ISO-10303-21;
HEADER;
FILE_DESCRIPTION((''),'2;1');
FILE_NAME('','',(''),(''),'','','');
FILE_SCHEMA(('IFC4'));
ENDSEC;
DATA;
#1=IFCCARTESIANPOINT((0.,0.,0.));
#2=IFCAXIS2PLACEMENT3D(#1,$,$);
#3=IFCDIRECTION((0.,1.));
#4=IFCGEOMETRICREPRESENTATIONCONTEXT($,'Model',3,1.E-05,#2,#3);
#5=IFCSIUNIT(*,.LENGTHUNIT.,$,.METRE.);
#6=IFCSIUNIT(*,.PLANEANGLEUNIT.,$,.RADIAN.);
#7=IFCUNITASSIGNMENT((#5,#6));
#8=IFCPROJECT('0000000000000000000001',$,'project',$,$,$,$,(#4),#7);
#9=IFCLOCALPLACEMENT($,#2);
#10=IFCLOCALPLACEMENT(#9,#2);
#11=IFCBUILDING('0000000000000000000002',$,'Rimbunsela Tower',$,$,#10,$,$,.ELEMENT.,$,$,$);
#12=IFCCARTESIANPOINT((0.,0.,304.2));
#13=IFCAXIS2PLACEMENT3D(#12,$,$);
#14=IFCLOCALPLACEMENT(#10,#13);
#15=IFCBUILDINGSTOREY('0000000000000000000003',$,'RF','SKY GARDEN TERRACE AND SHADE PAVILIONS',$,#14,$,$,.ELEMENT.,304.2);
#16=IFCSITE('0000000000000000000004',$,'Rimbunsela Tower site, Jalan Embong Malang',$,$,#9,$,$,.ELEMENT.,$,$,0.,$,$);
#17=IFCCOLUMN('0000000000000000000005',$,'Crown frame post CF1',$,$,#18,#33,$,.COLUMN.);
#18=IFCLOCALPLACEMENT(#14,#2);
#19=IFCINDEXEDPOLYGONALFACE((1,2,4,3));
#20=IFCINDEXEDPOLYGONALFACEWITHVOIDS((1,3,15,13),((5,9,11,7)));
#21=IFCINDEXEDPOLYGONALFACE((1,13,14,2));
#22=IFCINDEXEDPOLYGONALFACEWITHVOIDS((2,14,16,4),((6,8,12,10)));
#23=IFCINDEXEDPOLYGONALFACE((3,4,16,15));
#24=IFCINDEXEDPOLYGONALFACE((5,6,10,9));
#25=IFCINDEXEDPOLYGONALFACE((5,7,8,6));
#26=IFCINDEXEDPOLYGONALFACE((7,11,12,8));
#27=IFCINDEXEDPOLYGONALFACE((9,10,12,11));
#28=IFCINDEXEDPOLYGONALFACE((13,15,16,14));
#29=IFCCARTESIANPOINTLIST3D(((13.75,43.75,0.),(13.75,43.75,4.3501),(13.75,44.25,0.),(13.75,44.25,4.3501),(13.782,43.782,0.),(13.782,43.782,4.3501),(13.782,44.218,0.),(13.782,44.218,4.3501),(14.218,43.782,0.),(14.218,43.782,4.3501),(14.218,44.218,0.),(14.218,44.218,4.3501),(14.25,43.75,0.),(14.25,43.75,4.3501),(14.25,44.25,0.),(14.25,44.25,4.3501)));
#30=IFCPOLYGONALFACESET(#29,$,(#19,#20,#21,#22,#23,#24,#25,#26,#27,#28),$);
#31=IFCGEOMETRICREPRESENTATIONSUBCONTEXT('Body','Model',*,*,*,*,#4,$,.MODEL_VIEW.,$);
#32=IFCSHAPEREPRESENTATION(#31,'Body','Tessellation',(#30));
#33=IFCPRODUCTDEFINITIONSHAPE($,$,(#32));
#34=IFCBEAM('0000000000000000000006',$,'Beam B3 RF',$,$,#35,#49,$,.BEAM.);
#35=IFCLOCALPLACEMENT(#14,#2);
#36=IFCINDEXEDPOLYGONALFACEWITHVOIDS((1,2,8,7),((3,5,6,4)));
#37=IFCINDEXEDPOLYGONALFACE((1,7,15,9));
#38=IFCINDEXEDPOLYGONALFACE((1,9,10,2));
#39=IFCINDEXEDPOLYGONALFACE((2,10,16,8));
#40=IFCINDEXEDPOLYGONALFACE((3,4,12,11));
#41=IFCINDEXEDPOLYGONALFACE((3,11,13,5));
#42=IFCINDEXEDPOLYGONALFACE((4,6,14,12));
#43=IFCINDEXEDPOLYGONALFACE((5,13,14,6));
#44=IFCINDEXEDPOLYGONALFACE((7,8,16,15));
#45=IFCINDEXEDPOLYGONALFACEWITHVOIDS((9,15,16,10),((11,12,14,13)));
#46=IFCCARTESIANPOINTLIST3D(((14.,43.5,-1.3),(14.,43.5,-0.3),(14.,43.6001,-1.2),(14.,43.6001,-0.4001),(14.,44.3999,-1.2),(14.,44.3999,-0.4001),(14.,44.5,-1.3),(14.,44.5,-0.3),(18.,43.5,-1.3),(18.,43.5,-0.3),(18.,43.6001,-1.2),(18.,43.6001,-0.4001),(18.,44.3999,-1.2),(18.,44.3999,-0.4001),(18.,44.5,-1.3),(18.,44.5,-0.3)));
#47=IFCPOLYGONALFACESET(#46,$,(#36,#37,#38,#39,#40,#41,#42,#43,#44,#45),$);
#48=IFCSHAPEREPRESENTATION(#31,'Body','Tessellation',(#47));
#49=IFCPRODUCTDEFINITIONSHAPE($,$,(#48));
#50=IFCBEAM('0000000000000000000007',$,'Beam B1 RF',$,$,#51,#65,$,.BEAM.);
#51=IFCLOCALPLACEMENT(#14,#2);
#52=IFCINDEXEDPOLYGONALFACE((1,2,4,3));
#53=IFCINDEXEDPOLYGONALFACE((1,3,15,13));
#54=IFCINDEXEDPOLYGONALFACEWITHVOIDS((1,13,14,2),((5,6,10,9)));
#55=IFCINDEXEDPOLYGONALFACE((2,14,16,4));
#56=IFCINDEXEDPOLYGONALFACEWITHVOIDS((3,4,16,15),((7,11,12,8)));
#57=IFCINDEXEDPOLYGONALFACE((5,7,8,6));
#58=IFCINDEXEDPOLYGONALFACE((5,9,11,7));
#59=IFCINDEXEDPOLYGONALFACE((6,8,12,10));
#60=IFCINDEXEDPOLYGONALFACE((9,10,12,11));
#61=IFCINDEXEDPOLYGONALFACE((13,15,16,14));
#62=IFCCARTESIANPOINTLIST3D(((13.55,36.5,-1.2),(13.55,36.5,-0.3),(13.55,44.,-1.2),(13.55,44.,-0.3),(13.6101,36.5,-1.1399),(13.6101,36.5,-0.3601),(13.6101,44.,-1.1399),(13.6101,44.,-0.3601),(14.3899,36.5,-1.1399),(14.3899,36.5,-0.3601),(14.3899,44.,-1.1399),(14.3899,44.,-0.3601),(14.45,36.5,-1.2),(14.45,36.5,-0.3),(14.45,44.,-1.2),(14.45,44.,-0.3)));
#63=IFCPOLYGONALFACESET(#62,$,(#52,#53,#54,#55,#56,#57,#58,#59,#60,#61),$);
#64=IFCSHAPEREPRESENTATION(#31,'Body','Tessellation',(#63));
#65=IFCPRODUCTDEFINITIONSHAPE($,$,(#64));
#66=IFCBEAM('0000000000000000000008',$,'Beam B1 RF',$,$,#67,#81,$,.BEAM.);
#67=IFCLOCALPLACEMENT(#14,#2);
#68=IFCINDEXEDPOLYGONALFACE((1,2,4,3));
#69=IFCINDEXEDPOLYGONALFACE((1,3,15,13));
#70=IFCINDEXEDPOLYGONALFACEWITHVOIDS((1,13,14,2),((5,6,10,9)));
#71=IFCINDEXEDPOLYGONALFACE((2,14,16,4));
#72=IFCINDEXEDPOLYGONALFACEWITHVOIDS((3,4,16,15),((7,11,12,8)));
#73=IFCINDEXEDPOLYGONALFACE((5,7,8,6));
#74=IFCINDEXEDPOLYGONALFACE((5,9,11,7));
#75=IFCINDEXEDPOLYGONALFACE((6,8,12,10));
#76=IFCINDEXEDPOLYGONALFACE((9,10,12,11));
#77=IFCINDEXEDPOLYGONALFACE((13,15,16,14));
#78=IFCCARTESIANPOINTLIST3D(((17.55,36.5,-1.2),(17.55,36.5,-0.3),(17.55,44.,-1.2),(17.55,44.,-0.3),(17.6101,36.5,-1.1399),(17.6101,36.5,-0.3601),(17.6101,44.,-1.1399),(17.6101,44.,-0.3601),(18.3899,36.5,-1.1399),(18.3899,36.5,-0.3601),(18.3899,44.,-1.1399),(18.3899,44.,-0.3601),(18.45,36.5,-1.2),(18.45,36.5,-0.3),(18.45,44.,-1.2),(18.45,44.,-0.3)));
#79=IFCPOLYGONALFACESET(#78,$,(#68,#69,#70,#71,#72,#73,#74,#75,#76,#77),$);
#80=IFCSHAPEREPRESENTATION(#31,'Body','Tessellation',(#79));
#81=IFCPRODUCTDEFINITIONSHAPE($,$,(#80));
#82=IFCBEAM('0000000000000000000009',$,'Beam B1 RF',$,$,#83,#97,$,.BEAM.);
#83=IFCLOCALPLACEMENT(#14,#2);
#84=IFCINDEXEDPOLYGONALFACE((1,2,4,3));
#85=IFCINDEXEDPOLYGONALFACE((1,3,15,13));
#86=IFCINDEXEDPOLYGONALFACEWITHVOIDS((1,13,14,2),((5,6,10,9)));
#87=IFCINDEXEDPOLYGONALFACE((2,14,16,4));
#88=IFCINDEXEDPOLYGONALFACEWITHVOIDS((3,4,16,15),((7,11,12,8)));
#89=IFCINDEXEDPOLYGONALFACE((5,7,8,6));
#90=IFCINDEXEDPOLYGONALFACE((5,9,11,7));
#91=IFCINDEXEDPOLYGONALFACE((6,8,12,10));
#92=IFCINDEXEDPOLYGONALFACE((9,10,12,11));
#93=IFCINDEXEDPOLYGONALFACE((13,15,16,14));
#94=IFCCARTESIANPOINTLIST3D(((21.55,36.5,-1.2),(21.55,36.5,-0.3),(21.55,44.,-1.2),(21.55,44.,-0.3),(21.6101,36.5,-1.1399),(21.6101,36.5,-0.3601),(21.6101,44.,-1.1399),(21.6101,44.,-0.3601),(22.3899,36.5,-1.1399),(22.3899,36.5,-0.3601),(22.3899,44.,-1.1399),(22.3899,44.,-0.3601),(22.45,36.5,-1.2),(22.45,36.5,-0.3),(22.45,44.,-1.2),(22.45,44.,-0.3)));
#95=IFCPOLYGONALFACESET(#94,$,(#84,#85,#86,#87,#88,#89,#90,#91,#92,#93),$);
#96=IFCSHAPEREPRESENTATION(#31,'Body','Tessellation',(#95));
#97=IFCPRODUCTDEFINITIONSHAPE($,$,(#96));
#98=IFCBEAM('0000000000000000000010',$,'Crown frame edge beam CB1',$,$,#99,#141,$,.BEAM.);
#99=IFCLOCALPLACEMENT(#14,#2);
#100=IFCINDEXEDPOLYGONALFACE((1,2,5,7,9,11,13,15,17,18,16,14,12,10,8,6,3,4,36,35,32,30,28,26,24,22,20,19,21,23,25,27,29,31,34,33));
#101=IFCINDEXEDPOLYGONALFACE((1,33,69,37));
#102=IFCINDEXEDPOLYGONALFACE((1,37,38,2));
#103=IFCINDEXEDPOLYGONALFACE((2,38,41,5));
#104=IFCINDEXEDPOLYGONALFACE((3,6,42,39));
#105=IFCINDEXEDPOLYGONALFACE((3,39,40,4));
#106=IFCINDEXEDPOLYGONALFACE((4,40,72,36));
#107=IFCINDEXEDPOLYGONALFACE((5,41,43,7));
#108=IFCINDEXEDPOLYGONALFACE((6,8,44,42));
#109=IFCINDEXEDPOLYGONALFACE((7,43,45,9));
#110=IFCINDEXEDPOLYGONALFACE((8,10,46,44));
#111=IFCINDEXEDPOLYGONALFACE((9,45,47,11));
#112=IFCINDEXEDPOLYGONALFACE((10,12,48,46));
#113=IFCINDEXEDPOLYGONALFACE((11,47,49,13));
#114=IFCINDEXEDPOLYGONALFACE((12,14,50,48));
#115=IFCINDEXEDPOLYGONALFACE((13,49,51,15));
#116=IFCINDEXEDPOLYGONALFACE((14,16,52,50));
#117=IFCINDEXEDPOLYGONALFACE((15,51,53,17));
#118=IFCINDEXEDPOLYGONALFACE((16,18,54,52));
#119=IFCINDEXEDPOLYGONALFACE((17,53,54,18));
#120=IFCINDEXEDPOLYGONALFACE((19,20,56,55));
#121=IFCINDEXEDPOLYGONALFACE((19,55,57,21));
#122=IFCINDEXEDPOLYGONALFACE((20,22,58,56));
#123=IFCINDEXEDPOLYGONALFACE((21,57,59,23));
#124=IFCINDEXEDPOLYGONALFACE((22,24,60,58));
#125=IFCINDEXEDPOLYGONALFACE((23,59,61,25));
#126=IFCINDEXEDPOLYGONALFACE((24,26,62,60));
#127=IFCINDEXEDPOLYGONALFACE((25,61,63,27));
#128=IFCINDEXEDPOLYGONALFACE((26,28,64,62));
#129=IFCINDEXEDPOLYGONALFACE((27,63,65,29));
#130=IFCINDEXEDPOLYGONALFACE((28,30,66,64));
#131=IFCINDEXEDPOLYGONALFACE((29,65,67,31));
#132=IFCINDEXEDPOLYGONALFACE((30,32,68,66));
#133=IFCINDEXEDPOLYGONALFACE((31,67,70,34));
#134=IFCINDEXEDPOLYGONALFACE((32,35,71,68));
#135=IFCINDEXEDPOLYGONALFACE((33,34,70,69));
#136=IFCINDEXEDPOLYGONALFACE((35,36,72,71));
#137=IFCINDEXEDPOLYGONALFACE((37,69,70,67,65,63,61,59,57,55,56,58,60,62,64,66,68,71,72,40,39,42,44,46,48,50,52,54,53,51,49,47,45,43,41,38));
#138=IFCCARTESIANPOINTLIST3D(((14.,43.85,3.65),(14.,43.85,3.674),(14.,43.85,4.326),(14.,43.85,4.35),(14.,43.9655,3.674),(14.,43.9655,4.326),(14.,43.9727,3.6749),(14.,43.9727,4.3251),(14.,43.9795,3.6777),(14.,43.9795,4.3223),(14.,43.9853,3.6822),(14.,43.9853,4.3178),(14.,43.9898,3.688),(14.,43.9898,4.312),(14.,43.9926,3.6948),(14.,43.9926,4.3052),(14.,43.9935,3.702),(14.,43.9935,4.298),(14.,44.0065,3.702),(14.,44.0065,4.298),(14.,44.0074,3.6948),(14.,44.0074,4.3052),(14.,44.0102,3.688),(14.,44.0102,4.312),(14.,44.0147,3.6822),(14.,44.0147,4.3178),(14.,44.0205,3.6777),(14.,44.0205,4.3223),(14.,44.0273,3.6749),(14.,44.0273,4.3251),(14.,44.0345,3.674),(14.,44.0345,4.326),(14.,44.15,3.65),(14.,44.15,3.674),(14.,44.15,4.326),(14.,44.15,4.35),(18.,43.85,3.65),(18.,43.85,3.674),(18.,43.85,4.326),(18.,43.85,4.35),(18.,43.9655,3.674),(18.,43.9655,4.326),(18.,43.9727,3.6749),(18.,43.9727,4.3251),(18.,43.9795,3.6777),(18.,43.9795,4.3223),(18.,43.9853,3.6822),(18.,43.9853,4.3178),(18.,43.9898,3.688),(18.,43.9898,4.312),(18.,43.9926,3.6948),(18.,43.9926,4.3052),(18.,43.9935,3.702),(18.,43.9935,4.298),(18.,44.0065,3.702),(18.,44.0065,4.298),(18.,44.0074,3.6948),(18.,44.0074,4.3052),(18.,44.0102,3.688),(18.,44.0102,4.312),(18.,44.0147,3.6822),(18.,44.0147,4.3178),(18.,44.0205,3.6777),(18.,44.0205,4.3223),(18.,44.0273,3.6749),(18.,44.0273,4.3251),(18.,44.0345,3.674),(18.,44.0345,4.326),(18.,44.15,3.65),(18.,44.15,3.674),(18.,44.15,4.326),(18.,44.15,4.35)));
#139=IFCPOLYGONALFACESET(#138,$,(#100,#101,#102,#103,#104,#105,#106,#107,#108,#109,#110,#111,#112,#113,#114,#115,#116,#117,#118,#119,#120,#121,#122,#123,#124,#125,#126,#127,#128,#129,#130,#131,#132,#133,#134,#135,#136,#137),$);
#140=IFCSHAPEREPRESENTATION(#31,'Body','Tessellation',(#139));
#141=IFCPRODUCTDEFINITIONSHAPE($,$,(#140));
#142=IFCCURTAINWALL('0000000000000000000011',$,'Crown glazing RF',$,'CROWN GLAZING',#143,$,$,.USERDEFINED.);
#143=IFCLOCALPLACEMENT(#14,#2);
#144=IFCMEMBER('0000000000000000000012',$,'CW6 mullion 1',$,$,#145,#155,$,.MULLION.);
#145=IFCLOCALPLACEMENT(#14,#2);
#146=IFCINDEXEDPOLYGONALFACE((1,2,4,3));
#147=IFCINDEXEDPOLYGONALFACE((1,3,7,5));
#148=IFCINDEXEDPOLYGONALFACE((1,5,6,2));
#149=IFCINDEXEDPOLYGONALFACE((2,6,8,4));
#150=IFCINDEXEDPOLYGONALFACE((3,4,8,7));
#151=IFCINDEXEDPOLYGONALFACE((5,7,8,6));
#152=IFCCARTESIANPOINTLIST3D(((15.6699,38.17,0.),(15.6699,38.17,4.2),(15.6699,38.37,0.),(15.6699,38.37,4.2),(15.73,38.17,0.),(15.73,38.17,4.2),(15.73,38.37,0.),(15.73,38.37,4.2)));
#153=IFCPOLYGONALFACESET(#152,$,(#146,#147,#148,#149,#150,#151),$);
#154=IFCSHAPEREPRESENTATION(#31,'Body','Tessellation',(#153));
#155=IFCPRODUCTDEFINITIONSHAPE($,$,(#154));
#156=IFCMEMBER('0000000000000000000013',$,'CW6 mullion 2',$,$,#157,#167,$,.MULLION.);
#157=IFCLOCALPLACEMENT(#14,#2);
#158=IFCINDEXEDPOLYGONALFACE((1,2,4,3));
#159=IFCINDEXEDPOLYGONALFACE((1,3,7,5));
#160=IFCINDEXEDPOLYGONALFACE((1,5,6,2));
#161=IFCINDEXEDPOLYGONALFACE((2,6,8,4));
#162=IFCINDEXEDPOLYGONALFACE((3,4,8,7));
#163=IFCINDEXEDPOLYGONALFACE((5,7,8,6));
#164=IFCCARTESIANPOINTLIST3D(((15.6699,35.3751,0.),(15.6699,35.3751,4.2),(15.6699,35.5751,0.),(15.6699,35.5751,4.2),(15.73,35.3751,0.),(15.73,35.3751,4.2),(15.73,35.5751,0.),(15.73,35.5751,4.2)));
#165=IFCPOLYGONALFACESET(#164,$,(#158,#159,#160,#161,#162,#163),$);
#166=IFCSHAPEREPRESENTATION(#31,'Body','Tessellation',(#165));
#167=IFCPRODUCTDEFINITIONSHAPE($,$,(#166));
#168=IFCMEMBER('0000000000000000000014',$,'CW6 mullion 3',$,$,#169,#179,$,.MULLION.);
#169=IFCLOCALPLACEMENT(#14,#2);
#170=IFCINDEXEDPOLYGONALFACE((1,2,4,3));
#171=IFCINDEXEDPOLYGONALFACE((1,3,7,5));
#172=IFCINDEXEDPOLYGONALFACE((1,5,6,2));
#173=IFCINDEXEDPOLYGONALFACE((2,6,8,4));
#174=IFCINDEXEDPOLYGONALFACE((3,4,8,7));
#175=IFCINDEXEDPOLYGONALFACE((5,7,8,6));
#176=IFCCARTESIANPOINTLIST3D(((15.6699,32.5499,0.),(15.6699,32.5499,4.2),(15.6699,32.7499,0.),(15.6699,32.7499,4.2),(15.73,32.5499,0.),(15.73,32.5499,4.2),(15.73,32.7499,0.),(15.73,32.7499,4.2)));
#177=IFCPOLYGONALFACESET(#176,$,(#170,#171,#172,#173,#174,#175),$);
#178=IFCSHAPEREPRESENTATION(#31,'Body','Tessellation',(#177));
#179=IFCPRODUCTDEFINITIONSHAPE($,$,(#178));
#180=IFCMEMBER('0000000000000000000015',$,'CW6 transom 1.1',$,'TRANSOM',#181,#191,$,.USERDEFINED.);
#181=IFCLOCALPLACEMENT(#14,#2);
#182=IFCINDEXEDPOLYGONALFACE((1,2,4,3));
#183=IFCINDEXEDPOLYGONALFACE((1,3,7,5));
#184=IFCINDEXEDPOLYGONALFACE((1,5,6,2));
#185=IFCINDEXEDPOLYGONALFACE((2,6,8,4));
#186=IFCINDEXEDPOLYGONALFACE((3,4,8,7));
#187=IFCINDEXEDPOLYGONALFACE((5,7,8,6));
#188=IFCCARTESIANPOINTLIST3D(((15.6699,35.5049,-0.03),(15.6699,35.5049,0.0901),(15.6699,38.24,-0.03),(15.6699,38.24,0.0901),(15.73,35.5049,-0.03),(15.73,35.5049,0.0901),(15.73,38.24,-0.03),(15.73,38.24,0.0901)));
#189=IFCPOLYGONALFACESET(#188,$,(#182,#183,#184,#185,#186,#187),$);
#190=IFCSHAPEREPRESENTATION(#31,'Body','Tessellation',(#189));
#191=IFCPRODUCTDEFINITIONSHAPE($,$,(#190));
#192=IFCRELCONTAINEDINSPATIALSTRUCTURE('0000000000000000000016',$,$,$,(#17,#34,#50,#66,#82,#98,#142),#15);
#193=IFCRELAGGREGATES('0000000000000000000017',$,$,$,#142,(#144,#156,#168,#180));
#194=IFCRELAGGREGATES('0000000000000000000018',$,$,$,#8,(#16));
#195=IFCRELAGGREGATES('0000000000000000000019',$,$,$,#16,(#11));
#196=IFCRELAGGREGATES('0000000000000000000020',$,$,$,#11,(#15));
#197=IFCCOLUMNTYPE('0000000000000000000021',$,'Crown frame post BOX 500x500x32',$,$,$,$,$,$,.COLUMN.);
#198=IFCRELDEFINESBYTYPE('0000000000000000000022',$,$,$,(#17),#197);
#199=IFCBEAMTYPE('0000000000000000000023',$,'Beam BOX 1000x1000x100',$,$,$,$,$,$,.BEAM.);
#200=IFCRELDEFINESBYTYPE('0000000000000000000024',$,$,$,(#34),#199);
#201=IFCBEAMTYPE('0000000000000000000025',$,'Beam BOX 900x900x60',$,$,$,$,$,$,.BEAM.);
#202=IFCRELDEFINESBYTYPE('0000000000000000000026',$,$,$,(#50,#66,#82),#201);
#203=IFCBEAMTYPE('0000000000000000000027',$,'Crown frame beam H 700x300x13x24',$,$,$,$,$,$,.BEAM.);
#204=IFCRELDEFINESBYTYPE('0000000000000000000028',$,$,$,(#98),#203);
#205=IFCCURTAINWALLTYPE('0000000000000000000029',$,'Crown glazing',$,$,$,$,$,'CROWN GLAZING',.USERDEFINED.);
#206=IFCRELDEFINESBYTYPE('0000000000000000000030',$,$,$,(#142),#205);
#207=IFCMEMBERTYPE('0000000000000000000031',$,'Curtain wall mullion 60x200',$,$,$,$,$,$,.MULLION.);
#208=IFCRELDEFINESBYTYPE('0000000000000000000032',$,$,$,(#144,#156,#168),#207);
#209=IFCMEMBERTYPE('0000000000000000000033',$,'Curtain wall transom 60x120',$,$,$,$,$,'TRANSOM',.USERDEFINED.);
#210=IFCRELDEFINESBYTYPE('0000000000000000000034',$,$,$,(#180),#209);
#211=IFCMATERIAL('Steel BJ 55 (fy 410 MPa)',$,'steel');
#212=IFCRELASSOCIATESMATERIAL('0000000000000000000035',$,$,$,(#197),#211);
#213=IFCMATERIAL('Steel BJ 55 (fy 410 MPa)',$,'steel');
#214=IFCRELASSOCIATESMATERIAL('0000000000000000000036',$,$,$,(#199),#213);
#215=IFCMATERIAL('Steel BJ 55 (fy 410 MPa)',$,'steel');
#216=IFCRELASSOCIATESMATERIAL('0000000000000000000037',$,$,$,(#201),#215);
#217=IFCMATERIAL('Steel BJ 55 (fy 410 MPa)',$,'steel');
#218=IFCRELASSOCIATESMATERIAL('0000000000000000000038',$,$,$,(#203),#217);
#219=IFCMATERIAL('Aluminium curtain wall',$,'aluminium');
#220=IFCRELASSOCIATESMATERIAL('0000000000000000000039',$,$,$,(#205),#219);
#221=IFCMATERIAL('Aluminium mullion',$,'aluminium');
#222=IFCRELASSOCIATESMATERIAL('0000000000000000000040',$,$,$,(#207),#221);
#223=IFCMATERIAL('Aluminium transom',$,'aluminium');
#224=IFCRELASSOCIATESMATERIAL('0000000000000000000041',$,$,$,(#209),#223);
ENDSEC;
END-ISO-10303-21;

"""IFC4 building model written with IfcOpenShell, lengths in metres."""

from ifc_helpers import new_model, si_unit, direction, frame, origin, origin_2d, place, context, subcontext, project, spatial, rectangle, hollow_rectangle, i_section, extrude, material, material_profile, profile_set, type_object, element, aggregate, save


model = new_model("IFC4")

# Units and contexts
model_context = context("Model", 3, precision=1e-05, world=origin(), true_north=direction((0.0, 1.0)))
body_context = subcontext(model_context, "Body", "Model", "MODEL_VIEW")
ifc_project = project(units=[si_unit("LENGTHUNIT", "METRE"), si_unit("PLANEANGLEUNIT", "RADIAN")], contexts=[model_context])

# Site, building, storey
site_placement = place(None, origin())
site = spatial("IfcSite", under=ifc_project, at=site_placement, Name="Rimbunsela Tower site, Jalan Embong Malang", CompositionType="ELEMENT", RefElevation=0.0)
building_placement = place(site_placement, origin())
building = spatial("IfcBuilding", under=site, at=building_placement, Name="Rimbunsela Tower", CompositionType="ELEMENT")
storey_placement = place(building_placement, frame((0.0, 0.0, 304.2)))
storey = spatial("IfcBuildingStorey", under=building, at=storey_placement, Name="RF", Description="SKY GARDEN TERRACE AND SHADE PAVILIONS", CompositionType="ELEMENT", Elevation=304.2)

# Column
ifc_material_1 = material(Name="Steel BJ 55 (fy 410 MPa)", Category="steel")
ifc_material_profile_1 = material_profile(ifc_material_1, hollow_rectangle(XDim=0.5, YDim=0.5, WallThickness=0.032, at=origin_2d()), Name="BOX 500x500x32")
ifc_profile_set_1 = profile_set([ifc_material_profile_1], Name="Steel BJ 55 (fy 410 MPa)")
column_type = type_object("IfcColumnType", Name="Crown frame post BOX 500x500x32", PredefinedType="COLUMN", material=ifc_profile_set_1)
column_placement = place(storey_placement, frame((14.0, 44.0, 0.0), z_axis=(0.0, 0.0, 1.0), x_axis=(1.0, 0.0, 0.0)))
element("IfcColumn", 1, at=column_placement, inside=storey, type_object=column_type, Name="Crown frame post CF1", PredefinedType="COLUMN", context=body_context, shape_type="SweptSolid", body=[
    extrude(hollow_rectangle(XDim=0.5, YDim=0.5, WallThickness=0.032, at=origin_2d()), origin(), (0.0, 0.0, 1.0), 4.3501),
])

# Beams
ifc_material_2 = material(Name="Steel BJ 55 (fy 410 MPa)", Category="steel")
ifc_material_profile_2 = material_profile(ifc_material_2, hollow_rectangle(XDim=1.0, YDim=1.0, WallThickness=0.1001, at=origin_2d()), Name="BOX 1000x1000x100")
ifc_profile_set_2 = profile_set([ifc_material_profile_2], Name="Steel BJ 55 (fy 410 MPa)")
beam_type_1 = type_object("IfcBeamType", Name="Beam BOX 1000x1000x100", PredefinedType="BEAM", material=ifc_profile_set_2)
beam_1_placement = place(storey_placement, frame((14.0, 44.0, -0.8), z_axis=(1.0, 0.0, 0.0), x_axis=(0.0, 1.0, 0.0)))
element("IfcBeam", 2, at=beam_1_placement, inside=storey, type_object=beam_type_1, Name="Beam B3 RF", PredefinedType="BEAM", context=body_context, shape_type="SweptSolid", body=[
    extrude(hollow_rectangle(XDim=1.0, YDim=1.0, WallThickness=0.1001, at=origin_2d()), origin(), (0.0, 0.0, 1.0), 4.0),
])
ifc_material_3 = material(Name="Steel BJ 55 (fy 410 MPa)", Category="steel")
ifc_material_profile_3 = material_profile(ifc_material_3, hollow_rectangle(XDim=0.8999, YDim=0.8999, WallThickness=0.0601, at=origin_2d()), Name="BOX 900x900x60")
ifc_profile_set_3 = profile_set([ifc_material_profile_3], Name="Steel BJ 55 (fy 410 MPa)")
beam_type_2 = type_object("IfcBeamType", Name="Beam BOX 900x900x60", PredefinedType="BEAM", material=ifc_profile_set_3)
for number, where, z_axis, x_axis, name in (
    (3, (14.0, 36.5, -0.75), (0.0, 1.0, 0.0), (-1.0, 0.0, 0.0), "Beam B1 RF"),
    (4, (18.0, 36.5, -0.75), (0.0, 1.0, 0.0), (-1.0, 0.0, 0.0), "Beam B1 RF"),
    (5, (22.0, 36.5, -0.75), (0.0, 1.0, 0.0), (-1.0, 0.0, 0.0), "Beam B1 RF"),
):
    element("IfcBeam", number, at=place(storey_placement, frame(where, z_axis=z_axis, x_axis=x_axis)), inside=storey, type_object=beam_type_2, Name=name, PredefinedType="BEAM", context=body_context, shape_type="SweptSolid", body=[
        extrude(hollow_rectangle(XDim=0.8999, YDim=0.8999, WallThickness=0.0601, at=origin_2d()), origin(), (0.0, 0.0, 1.0), 7.5),
    ])
ifc_material_4 = material(Name="Steel BJ 55 (fy 410 MPa)", Category="steel")
ifc_material_profile_4 = material_profile(ifc_material_4, i_section(OverallWidth=0.3, OverallDepth=0.7, WebThickness=0.0129, FlangeThickness=0.0239, FilletRadius=0.0281, at=origin_2d()), Name="H 700x300x13x24")
ifc_profile_set_4 = profile_set([ifc_material_profile_4], Name="Steel BJ 55 (fy 410 MPa)")
beam_type_3 = type_object("IfcBeamType", Name="Crown frame beam H 700x300x13x24", PredefinedType="BEAM", material=ifc_profile_set_4)
beam_2_placement = place(storey_placement, frame((14.0, 44.0, 4.0), z_axis=(1.0, 0.0, 0.0), x_axis=(0.0, 1.0, 0.0)))
element("IfcBeam", 6, at=beam_2_placement, inside=storey, type_object=beam_type_3, Name="Crown frame edge beam CB1", PredefinedType="BEAM", context=body_context, shape_type="SweptSolid", body=[
    extrude(i_section(OverallWidth=0.3, OverallDepth=0.7, WebThickness=0.0129, FlangeThickness=0.0239, FilletRadius=0.0281, at=origin_2d()), origin(), (0.0, 0.0, 1.0), 4.0),
])

# Curtain wall, members
ifc_material_5 = material(Name="Aluminium curtain wall", Category="aluminium")
curtain_wall_type = type_object("IfcCurtainWallType", Name="Crown glazing", ElementType="CROWN GLAZING", PredefinedType="USERDEFINED", material=ifc_material_5)
curtain_wall_placement = place(storey_placement, origin())
curtain_wall = element("IfcCurtainWall", 7, at=curtain_wall_placement, inside=storey, type_object=curtain_wall_type, Name="Crown glazing RF", ObjectType="CROWN GLAZING", PredefinedType="USERDEFINED")
ifc_material_6 = material(Name="Aluminium mullion", Category="aluminium")
ifc_material_profile_5 = material_profile(ifc_material_6, rectangle(XDim=0.0601, YDim=0.2, at=origin_2d()), Name="Mullion 60x200")
ifc_profile_set_5 = profile_set([ifc_material_profile_5], Name="Aluminium mullion")
member_type_1 = type_object("IfcMemberType", Name="Curtain wall mullion 60x200", PredefinedType="MULLION", material=ifc_profile_set_5)
member_1_placement = place(storey_placement, frame((15.7, 38.27, 0.0), z_axis=(0.0, 0.0, 1.0), x_axis=(1.0, 0.0, 0.0)))
member_1 = element("IfcMember", 8, at=member_1_placement, type_object=member_type_1, Name="CW6 mullion 1", PredefinedType="MULLION", context=body_context, shape_type="SweptSolid", body=[
    extrude(rectangle(XDim=0.0601, YDim=0.2, at=origin_2d()), origin(), (0.0, 0.0, 1.0), 4.2),
])
member_2_placement = place(storey_placement, frame((15.7, 35.4751, 0.0), z_axis=(0.0, 0.0, 1.0), x_axis=(1.0, 0.0, 0.0)))
member_2 = element("IfcMember", 9, at=member_2_placement, type_object=member_type_1, Name="CW6 mullion 2", PredefinedType="MULLION", context=body_context, shape_type="SweptSolid", body=[
    extrude(rectangle(XDim=0.0601, YDim=0.2, at=origin_2d()), origin(), (0.0, 0.0, 1.0), 4.2),
])
member_3_placement = place(storey_placement, frame((15.7, 32.6499, 0.0), z_axis=(0.0, 0.0, 1.0), x_axis=(1.0, 0.0, 0.0)))
member_3 = element("IfcMember", 10, at=member_3_placement, type_object=member_type_1, Name="CW6 mullion 3", PredefinedType="MULLION", context=body_context, shape_type="SweptSolid", body=[
    extrude(rectangle(XDim=0.0601, YDim=0.2, at=origin_2d()), origin(), (0.0, 0.0, 1.0), 4.2),
])
ifc_material_7 = material(Name="Aluminium transom", Category="aluminium")
ifc_material_profile_6 = material_profile(ifc_material_7, rectangle(XDim=0.0601, YDim=0.1201, at=origin_2d()), Name="Transom 60x120")
ifc_profile_set_6 = profile_set([ifc_material_profile_6], Name="Aluminium transom")
member_type_2 = type_object("IfcMemberType", Name="Curtain wall transom 60x120", ElementType="TRANSOM", PredefinedType="USERDEFINED", material=ifc_profile_set_6)
member_4_placement = place(storey_placement, frame((15.7, 38.24, 0.03), z_axis=(0.0, -1.0, 0.0), x_axis=(1.0, 0.0, 0.0)))
member_4 = element("IfcMember", 11, at=member_4_placement, type_object=member_type_2, Name="CW6 transom 1.1", ObjectType="TRANSOM", PredefinedType="USERDEFINED", context=body_context, shape_type="SweptSolid", body=[
    extrude(rectangle(XDim=0.0601, YDim=0.1201, at=origin_2d()), origin(), (0.0, 0.0, 1.0), 2.7351),
])
aggregate(curtain_wall, [member_1, member_2, member_3, member_4])

save(model, "model.ifc")
